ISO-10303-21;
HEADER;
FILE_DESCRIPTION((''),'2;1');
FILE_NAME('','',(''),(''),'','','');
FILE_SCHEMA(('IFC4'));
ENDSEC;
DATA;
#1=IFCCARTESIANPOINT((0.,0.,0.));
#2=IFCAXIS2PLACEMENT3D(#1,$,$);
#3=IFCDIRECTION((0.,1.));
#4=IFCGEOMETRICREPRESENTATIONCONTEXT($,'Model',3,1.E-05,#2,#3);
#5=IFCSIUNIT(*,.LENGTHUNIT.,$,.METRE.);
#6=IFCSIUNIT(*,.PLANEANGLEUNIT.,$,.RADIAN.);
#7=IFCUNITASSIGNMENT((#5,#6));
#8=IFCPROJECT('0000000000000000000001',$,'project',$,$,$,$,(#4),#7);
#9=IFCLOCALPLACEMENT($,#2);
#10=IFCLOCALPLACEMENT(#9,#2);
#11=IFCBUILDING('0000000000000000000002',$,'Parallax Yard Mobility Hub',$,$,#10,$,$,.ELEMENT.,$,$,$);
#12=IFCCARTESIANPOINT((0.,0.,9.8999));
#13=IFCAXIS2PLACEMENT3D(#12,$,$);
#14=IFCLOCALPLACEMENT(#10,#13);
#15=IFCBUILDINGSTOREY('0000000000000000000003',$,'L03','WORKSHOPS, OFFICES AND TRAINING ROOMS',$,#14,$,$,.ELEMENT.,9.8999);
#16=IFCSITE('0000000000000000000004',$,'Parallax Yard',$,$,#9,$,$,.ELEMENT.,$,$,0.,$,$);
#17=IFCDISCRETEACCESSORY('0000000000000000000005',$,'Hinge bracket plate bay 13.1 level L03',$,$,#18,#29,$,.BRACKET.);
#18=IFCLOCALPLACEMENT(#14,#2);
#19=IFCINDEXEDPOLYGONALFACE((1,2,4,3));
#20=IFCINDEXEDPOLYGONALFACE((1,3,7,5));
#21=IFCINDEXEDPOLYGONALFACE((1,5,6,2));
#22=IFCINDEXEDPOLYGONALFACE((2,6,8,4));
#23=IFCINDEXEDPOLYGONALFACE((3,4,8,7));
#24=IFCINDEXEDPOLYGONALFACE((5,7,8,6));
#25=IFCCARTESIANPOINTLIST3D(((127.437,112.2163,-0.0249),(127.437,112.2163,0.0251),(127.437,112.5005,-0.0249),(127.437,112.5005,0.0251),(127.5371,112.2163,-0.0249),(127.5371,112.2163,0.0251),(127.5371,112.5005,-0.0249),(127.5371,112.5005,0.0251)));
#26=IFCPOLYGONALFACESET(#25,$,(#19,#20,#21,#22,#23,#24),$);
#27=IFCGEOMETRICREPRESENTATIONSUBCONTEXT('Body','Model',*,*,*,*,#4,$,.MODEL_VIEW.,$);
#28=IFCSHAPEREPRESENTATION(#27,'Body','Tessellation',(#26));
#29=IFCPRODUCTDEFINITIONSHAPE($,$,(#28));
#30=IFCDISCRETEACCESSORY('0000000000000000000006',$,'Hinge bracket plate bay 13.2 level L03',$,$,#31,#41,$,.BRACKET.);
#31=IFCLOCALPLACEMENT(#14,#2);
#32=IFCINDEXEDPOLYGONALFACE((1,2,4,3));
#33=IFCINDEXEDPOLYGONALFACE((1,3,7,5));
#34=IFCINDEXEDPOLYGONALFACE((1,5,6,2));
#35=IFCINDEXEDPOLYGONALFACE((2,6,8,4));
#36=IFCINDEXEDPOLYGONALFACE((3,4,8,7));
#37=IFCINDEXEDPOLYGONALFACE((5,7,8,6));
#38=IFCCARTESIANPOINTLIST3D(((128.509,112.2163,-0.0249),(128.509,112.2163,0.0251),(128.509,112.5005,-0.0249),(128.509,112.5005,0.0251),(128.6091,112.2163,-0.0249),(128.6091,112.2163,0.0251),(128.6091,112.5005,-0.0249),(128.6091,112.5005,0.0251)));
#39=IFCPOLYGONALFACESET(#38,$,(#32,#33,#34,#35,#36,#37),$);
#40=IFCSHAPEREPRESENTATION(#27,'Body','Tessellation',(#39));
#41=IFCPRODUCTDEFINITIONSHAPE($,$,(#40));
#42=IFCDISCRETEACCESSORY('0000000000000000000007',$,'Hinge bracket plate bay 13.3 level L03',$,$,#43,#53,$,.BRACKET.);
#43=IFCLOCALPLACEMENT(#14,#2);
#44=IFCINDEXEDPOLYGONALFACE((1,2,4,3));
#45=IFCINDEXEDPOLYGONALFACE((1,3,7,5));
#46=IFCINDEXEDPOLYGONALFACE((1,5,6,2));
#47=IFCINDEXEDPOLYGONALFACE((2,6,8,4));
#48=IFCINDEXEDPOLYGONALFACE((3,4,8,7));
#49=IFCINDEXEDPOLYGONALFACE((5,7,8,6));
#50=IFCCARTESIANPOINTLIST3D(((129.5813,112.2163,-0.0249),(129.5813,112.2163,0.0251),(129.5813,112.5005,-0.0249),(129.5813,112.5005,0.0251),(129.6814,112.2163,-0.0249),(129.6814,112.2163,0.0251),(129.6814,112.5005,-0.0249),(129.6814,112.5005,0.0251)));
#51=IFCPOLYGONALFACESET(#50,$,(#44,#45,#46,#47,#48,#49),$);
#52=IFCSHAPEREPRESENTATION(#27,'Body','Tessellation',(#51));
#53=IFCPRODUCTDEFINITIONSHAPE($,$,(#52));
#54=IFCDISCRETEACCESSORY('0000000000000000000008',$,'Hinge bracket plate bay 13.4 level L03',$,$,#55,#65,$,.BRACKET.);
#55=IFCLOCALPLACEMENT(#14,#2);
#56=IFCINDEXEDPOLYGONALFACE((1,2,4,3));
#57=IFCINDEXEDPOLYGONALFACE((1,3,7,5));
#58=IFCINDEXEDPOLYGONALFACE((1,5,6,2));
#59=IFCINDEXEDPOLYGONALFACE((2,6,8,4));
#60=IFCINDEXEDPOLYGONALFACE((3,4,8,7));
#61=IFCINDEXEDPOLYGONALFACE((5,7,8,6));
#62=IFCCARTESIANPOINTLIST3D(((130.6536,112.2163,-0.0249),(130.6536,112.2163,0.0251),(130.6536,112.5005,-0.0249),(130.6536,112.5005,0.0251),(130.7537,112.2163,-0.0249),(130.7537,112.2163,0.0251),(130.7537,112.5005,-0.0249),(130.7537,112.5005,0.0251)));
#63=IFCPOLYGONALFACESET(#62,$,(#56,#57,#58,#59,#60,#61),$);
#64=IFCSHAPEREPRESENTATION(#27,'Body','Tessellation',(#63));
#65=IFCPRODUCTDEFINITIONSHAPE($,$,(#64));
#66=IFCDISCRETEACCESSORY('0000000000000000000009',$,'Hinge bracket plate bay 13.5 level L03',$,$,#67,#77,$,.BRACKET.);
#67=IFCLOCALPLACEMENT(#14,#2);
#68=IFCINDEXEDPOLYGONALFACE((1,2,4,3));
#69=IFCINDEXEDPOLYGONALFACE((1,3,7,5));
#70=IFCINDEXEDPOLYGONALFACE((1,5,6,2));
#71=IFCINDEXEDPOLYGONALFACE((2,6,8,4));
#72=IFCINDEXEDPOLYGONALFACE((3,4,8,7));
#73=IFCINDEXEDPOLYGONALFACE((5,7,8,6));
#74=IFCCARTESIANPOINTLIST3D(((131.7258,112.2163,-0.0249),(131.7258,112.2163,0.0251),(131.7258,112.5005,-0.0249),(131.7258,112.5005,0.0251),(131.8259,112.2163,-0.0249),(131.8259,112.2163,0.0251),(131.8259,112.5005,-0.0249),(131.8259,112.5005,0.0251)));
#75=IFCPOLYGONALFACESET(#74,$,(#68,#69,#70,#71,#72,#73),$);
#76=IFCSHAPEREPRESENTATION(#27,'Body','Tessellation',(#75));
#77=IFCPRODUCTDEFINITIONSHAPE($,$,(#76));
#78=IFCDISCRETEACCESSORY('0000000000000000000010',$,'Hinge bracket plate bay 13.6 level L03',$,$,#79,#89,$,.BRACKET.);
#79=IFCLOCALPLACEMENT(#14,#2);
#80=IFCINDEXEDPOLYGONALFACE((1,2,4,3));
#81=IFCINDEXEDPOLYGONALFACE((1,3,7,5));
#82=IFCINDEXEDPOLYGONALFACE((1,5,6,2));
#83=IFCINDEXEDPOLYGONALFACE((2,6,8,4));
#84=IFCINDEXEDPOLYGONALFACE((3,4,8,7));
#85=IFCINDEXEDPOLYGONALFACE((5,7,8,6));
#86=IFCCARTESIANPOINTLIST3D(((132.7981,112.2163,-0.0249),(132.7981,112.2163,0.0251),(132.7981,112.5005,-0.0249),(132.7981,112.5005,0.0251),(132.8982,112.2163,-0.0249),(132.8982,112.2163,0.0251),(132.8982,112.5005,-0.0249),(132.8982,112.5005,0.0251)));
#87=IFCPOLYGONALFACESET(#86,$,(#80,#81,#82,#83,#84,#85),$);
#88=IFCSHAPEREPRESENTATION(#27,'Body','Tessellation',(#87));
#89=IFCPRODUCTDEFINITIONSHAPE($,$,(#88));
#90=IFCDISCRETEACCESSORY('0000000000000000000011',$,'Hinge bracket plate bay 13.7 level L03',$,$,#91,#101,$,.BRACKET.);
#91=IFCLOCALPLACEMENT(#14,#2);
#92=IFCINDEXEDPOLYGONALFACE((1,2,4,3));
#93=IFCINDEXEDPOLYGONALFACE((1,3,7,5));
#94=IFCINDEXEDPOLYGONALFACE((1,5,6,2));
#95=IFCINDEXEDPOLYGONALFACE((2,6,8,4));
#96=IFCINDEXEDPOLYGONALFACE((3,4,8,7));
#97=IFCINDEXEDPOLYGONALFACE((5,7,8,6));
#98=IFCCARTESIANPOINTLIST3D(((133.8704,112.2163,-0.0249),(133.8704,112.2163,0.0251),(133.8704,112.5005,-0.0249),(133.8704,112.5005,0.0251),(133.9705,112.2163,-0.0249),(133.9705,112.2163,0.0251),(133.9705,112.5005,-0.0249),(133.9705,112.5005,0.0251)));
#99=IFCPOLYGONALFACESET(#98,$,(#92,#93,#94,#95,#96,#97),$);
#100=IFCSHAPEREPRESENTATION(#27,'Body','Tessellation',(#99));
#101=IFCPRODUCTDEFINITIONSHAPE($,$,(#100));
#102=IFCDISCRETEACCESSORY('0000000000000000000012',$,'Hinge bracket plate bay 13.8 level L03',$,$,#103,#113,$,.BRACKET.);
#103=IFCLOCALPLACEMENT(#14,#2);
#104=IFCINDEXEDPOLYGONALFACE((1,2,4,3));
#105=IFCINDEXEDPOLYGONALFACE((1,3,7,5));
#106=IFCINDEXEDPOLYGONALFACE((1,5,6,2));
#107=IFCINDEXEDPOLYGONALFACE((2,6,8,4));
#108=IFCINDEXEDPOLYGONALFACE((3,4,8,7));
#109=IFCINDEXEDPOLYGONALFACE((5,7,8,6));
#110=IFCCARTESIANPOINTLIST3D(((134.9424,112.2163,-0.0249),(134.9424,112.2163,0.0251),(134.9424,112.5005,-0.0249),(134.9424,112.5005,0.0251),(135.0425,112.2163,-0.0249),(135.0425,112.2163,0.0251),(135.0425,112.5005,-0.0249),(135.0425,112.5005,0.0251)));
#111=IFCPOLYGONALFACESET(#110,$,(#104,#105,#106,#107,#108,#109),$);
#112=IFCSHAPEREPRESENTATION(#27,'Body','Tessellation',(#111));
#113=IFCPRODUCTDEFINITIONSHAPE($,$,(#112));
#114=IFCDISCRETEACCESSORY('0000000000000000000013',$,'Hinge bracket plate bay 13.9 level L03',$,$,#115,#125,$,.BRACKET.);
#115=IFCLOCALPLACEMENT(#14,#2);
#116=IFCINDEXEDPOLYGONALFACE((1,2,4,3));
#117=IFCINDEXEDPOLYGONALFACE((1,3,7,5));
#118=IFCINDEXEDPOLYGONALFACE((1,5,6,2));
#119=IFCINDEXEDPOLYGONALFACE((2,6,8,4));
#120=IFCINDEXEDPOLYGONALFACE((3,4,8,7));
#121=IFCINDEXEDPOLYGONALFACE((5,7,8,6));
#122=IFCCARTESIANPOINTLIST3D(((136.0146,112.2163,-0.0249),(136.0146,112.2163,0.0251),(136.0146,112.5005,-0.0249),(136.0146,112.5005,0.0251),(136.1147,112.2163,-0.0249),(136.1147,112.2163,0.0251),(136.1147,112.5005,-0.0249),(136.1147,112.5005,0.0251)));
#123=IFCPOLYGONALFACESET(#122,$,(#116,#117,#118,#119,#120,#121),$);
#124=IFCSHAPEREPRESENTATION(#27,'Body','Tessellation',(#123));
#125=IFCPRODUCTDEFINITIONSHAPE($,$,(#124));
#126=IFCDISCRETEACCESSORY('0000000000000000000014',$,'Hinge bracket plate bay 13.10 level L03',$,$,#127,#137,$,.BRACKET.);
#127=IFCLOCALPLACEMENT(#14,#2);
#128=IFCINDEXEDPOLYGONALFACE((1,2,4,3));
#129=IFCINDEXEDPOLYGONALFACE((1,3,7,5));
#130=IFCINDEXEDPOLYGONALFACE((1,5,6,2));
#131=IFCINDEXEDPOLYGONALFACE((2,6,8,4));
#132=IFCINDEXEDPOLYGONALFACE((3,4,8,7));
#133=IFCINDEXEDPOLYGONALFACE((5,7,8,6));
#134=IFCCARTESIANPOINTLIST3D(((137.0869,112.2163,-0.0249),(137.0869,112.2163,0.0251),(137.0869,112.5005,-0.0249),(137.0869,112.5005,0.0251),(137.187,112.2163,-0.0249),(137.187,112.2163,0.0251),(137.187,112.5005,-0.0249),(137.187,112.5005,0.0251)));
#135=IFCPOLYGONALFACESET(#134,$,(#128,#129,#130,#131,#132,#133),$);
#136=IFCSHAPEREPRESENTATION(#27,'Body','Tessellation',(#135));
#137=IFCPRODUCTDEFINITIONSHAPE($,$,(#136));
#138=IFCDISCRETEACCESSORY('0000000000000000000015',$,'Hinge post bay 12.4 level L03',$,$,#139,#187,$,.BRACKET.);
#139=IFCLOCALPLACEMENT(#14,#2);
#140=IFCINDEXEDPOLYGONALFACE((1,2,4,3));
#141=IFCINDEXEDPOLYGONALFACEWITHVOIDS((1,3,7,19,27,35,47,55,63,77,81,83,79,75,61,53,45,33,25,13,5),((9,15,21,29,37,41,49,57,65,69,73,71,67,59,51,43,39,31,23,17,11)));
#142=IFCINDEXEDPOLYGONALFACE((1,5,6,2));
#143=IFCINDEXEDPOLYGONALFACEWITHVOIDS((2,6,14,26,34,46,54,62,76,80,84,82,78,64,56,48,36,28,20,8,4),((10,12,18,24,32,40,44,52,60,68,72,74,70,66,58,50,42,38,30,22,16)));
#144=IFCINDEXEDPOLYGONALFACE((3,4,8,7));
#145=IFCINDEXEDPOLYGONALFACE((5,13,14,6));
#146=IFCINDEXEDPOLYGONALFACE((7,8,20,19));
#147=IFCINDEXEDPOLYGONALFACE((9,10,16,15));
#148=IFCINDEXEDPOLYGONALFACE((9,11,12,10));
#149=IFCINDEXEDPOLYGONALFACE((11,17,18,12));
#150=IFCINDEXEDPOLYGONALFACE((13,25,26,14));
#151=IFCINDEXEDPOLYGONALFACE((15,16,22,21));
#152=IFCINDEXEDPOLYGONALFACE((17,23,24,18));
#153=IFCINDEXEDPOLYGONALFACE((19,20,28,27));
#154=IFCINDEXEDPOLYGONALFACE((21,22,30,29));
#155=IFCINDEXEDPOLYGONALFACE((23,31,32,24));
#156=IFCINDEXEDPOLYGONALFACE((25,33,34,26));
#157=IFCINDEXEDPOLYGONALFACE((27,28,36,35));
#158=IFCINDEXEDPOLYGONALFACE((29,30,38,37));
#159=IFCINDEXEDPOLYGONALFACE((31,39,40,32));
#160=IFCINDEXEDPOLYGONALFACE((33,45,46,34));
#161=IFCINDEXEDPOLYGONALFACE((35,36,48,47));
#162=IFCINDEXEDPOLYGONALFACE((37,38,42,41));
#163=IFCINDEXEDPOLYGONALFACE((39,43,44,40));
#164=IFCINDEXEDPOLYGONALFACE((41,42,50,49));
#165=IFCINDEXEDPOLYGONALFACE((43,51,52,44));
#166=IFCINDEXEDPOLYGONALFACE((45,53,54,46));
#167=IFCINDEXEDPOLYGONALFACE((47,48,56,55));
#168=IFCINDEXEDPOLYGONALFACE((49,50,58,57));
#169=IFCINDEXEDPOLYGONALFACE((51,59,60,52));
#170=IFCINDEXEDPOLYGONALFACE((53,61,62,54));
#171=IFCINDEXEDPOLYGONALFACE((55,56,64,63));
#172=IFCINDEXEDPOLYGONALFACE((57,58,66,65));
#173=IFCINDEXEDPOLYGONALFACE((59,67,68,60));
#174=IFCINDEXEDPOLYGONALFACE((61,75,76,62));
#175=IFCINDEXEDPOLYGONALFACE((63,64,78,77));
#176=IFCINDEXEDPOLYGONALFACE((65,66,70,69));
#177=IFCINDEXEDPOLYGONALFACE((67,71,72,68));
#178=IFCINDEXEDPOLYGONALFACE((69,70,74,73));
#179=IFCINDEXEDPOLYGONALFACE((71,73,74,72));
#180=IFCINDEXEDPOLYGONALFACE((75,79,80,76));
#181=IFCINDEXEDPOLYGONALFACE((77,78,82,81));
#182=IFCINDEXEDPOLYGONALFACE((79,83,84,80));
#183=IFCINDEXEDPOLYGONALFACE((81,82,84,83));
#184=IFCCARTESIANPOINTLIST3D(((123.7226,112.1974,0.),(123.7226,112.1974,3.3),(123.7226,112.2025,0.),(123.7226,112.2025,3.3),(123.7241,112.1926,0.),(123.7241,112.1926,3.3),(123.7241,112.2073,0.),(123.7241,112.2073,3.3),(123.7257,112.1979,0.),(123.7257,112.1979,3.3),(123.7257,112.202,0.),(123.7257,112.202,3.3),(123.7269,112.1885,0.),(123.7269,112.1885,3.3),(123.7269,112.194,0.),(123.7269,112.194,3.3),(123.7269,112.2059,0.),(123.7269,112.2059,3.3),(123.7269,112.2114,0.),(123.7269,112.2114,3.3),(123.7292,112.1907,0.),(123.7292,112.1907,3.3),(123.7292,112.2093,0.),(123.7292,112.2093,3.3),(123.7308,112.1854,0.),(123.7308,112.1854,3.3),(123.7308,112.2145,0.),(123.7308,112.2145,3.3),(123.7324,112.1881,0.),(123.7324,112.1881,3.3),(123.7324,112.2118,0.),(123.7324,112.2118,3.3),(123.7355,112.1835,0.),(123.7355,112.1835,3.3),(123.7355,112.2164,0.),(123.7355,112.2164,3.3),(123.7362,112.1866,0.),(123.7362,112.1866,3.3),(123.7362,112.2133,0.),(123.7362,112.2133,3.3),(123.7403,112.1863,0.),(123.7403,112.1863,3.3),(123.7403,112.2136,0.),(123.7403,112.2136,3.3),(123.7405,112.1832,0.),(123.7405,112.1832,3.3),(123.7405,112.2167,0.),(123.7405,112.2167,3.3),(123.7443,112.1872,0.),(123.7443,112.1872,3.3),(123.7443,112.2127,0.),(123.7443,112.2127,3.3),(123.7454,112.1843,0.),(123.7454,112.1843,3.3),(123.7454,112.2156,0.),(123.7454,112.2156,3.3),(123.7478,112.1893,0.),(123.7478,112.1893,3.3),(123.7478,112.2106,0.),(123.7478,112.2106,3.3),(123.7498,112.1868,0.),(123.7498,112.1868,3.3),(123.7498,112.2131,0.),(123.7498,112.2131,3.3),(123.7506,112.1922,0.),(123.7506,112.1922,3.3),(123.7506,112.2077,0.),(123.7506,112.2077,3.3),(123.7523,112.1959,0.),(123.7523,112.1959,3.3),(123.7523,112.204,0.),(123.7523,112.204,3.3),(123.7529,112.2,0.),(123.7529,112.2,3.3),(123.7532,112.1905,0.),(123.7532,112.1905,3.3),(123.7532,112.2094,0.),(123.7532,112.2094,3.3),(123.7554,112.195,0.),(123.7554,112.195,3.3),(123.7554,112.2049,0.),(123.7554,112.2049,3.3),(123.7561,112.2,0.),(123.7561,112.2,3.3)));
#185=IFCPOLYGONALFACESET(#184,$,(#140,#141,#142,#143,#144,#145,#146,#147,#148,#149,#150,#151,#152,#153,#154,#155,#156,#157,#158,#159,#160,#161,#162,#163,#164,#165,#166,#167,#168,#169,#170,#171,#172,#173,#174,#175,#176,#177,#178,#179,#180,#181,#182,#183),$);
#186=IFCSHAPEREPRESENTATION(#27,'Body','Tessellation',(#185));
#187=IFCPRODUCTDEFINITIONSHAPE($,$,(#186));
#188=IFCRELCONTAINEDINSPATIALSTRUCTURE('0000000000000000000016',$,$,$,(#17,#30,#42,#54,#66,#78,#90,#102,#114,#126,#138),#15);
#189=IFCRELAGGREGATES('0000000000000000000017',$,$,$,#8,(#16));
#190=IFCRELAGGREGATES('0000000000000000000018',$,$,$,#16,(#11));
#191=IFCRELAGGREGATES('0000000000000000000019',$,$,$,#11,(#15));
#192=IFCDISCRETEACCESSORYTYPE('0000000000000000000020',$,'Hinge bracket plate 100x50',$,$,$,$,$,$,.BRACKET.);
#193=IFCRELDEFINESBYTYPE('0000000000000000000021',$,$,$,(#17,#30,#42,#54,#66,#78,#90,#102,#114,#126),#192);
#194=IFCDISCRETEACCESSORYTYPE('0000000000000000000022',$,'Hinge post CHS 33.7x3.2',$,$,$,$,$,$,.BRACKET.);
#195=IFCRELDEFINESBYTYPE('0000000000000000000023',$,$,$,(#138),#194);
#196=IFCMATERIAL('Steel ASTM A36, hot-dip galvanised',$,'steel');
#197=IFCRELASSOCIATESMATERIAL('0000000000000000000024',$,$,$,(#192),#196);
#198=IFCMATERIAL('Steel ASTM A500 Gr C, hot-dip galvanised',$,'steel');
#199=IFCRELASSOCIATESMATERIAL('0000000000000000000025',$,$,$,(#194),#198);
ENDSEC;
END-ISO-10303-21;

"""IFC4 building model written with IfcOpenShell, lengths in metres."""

from ifc_helpers import new_model, si_unit, direction, frame, origin, origin_2d, place, context, subcontext, project, spatial, rectangle, hollow_circle, extrude, material, material_profile, profile_set, type_object, element, save


model = new_model("IFC4")

# Units and contexts
model_context = context("Model", 3, precision=1e-05, world=origin(), true_north=direction((0.0, 1.0)))
body_context = subcontext(model_context, "Body", "Model", "MODEL_VIEW")
ifc_project = project(units=[si_unit("LENGTHUNIT", "METRE"), si_unit("PLANEANGLEUNIT", "RADIAN")], contexts=[model_context])

# Site, building, storey
site_placement = place(None, origin())
site = spatial("IfcSite", under=ifc_project, at=site_placement, Name="Parallax Yard", CompositionType="ELEMENT", RefElevation=0.0)
building_placement = place(site_placement, origin())
building = spatial("IfcBuilding", under=site, at=building_placement, Name="Parallax Yard Mobility Hub", CompositionType="ELEMENT")
storey_placement = place(building_placement, frame((0.0, 0.0, 9.8999)))
storey = spatial("IfcBuildingStorey", under=building, at=storey_placement, Name="L03", Description="WORKSHOPS, OFFICES AND TRAINING ROOMS", CompositionType="ELEMENT", Elevation=9.8999)

# Discrete accessories
ifc_material_1 = material(Name="Steel ASTM A36, hot-dip galvanised", Category="steel")
discrete_accessory_type_1 = type_object("IfcDiscreteAccessoryType", Name="Hinge bracket plate 100x50", PredefinedType="BRACKET", material=ifc_material_1)
for number, where, z_axis, x_axis, name in (
    (1, (127.4871, 112.3584, -0.0249), (0.0, 0.0, 1.0), (0.0, -1.0, 0.0), "Hinge bracket plate bay 13.1 level L03"),
    (2, (128.5591, 112.3584, -0.0249), (0.0, 0.0, 1.0), (0.0, -1.0, 0.0), "Hinge bracket plate bay 13.2 level L03"),
    (3, (129.6313, 112.3584, -0.0249), (0.0, 0.0, 1.0), (0.0, -1.0, 0.0), "Hinge bracket plate bay 13.3 level L03"),
    (4, (130.7036, 112.3584, -0.0249), (0.0, 0.0, 1.0), (0.0, -1.0, 0.0), "Hinge bracket plate bay 13.4 level L03"),
    (5, (131.7759, 112.3584, -0.0249), (0.0, 0.0, 1.0), (0.0, -1.0, 0.0), "Hinge bracket plate bay 13.5 level L03"),
    (6, (132.8481, 112.3584, -0.0249), (0.0, 0.0, 1.0), (0.0, -1.0, 0.0), "Hinge bracket plate bay 13.6 level L03"),
    (7, (133.9204, 112.3584, -0.0249), (0.0, 0.0, 1.0), (0.0, -1.0, 0.0), "Hinge bracket plate bay 13.7 level L03"),
    (8, (134.9924, 112.3584, -0.0249), (0.0, 0.0, 1.0), (0.0, -1.0, 0.0), "Hinge bracket plate bay 13.8 level L03"),
    (9, (136.0647, 112.3584, -0.0249), (0.0, 0.0, 1.0), (0.0, -1.0, 0.0), "Hinge bracket plate bay 13.9 level L03"),
    (10, (137.137, 112.3584, -0.0249), (0.0, 0.0, 1.0), (0.0, -1.0, 0.0), "Hinge bracket plate bay 13.10 level L03"),
):
    element("IfcDiscreteAccessory", number, at=place(storey_placement, frame(where, z_axis=z_axis, x_axis=x_axis)), inside=storey, type_object=discrete_accessory_type_1, Name=name, PredefinedType="BRACKET", context=body_context, shape_type="SweptSolid", body=[
        extrude(rectangle(XDim=0.2842, YDim=0.1001, at=origin_2d()), origin(), (0.0, 0.0, 1.0), 0.05),
    ])
ifc_material_2 = material(Name="Steel ASTM A500 Gr C, hot-dip galvanised", Category="steel")
ifc_material_profile_1 = material_profile(ifc_material_2, hollow_circle(Radius=0.0168, WallThickness=0.0032, at=origin_2d()), Name="CHS 33.7x3.2")
ifc_profile_set_1 = profile_set([ifc_material_profile_1], Name="Steel ASTM A500 Gr C, hot-dip galvanised")
discrete_accessory_type_2 = type_object("IfcDiscreteAccessoryType", Name="Hinge post CHS 33.7x3.2", PredefinedType="BRACKET", material=ifc_profile_set_1)
for number, where, z_axis, x_axis, name in (
    (11, (123.7393, 112.2, 0.0), (0.0, 0.0, 1.0), (1.0, 0.0, 0.0), "Hinge post bay 12.4 level L03"),
):
    element("IfcDiscreteAccessory", number, at=place(storey_placement, frame(where, z_axis=z_axis, x_axis=x_axis)), inside=storey, type_object=discrete_accessory_type_2, Name=name, PredefinedType="BRACKET", context=body_context, shape_type="SweptSolid", body=[
        extrude(hollow_circle(Radius=0.0168, WallThickness=0.0032, at=origin_2d()), origin(), (0.0, 0.0, 1.0), 3.3),
    ])

save(model, "model.ifc")
